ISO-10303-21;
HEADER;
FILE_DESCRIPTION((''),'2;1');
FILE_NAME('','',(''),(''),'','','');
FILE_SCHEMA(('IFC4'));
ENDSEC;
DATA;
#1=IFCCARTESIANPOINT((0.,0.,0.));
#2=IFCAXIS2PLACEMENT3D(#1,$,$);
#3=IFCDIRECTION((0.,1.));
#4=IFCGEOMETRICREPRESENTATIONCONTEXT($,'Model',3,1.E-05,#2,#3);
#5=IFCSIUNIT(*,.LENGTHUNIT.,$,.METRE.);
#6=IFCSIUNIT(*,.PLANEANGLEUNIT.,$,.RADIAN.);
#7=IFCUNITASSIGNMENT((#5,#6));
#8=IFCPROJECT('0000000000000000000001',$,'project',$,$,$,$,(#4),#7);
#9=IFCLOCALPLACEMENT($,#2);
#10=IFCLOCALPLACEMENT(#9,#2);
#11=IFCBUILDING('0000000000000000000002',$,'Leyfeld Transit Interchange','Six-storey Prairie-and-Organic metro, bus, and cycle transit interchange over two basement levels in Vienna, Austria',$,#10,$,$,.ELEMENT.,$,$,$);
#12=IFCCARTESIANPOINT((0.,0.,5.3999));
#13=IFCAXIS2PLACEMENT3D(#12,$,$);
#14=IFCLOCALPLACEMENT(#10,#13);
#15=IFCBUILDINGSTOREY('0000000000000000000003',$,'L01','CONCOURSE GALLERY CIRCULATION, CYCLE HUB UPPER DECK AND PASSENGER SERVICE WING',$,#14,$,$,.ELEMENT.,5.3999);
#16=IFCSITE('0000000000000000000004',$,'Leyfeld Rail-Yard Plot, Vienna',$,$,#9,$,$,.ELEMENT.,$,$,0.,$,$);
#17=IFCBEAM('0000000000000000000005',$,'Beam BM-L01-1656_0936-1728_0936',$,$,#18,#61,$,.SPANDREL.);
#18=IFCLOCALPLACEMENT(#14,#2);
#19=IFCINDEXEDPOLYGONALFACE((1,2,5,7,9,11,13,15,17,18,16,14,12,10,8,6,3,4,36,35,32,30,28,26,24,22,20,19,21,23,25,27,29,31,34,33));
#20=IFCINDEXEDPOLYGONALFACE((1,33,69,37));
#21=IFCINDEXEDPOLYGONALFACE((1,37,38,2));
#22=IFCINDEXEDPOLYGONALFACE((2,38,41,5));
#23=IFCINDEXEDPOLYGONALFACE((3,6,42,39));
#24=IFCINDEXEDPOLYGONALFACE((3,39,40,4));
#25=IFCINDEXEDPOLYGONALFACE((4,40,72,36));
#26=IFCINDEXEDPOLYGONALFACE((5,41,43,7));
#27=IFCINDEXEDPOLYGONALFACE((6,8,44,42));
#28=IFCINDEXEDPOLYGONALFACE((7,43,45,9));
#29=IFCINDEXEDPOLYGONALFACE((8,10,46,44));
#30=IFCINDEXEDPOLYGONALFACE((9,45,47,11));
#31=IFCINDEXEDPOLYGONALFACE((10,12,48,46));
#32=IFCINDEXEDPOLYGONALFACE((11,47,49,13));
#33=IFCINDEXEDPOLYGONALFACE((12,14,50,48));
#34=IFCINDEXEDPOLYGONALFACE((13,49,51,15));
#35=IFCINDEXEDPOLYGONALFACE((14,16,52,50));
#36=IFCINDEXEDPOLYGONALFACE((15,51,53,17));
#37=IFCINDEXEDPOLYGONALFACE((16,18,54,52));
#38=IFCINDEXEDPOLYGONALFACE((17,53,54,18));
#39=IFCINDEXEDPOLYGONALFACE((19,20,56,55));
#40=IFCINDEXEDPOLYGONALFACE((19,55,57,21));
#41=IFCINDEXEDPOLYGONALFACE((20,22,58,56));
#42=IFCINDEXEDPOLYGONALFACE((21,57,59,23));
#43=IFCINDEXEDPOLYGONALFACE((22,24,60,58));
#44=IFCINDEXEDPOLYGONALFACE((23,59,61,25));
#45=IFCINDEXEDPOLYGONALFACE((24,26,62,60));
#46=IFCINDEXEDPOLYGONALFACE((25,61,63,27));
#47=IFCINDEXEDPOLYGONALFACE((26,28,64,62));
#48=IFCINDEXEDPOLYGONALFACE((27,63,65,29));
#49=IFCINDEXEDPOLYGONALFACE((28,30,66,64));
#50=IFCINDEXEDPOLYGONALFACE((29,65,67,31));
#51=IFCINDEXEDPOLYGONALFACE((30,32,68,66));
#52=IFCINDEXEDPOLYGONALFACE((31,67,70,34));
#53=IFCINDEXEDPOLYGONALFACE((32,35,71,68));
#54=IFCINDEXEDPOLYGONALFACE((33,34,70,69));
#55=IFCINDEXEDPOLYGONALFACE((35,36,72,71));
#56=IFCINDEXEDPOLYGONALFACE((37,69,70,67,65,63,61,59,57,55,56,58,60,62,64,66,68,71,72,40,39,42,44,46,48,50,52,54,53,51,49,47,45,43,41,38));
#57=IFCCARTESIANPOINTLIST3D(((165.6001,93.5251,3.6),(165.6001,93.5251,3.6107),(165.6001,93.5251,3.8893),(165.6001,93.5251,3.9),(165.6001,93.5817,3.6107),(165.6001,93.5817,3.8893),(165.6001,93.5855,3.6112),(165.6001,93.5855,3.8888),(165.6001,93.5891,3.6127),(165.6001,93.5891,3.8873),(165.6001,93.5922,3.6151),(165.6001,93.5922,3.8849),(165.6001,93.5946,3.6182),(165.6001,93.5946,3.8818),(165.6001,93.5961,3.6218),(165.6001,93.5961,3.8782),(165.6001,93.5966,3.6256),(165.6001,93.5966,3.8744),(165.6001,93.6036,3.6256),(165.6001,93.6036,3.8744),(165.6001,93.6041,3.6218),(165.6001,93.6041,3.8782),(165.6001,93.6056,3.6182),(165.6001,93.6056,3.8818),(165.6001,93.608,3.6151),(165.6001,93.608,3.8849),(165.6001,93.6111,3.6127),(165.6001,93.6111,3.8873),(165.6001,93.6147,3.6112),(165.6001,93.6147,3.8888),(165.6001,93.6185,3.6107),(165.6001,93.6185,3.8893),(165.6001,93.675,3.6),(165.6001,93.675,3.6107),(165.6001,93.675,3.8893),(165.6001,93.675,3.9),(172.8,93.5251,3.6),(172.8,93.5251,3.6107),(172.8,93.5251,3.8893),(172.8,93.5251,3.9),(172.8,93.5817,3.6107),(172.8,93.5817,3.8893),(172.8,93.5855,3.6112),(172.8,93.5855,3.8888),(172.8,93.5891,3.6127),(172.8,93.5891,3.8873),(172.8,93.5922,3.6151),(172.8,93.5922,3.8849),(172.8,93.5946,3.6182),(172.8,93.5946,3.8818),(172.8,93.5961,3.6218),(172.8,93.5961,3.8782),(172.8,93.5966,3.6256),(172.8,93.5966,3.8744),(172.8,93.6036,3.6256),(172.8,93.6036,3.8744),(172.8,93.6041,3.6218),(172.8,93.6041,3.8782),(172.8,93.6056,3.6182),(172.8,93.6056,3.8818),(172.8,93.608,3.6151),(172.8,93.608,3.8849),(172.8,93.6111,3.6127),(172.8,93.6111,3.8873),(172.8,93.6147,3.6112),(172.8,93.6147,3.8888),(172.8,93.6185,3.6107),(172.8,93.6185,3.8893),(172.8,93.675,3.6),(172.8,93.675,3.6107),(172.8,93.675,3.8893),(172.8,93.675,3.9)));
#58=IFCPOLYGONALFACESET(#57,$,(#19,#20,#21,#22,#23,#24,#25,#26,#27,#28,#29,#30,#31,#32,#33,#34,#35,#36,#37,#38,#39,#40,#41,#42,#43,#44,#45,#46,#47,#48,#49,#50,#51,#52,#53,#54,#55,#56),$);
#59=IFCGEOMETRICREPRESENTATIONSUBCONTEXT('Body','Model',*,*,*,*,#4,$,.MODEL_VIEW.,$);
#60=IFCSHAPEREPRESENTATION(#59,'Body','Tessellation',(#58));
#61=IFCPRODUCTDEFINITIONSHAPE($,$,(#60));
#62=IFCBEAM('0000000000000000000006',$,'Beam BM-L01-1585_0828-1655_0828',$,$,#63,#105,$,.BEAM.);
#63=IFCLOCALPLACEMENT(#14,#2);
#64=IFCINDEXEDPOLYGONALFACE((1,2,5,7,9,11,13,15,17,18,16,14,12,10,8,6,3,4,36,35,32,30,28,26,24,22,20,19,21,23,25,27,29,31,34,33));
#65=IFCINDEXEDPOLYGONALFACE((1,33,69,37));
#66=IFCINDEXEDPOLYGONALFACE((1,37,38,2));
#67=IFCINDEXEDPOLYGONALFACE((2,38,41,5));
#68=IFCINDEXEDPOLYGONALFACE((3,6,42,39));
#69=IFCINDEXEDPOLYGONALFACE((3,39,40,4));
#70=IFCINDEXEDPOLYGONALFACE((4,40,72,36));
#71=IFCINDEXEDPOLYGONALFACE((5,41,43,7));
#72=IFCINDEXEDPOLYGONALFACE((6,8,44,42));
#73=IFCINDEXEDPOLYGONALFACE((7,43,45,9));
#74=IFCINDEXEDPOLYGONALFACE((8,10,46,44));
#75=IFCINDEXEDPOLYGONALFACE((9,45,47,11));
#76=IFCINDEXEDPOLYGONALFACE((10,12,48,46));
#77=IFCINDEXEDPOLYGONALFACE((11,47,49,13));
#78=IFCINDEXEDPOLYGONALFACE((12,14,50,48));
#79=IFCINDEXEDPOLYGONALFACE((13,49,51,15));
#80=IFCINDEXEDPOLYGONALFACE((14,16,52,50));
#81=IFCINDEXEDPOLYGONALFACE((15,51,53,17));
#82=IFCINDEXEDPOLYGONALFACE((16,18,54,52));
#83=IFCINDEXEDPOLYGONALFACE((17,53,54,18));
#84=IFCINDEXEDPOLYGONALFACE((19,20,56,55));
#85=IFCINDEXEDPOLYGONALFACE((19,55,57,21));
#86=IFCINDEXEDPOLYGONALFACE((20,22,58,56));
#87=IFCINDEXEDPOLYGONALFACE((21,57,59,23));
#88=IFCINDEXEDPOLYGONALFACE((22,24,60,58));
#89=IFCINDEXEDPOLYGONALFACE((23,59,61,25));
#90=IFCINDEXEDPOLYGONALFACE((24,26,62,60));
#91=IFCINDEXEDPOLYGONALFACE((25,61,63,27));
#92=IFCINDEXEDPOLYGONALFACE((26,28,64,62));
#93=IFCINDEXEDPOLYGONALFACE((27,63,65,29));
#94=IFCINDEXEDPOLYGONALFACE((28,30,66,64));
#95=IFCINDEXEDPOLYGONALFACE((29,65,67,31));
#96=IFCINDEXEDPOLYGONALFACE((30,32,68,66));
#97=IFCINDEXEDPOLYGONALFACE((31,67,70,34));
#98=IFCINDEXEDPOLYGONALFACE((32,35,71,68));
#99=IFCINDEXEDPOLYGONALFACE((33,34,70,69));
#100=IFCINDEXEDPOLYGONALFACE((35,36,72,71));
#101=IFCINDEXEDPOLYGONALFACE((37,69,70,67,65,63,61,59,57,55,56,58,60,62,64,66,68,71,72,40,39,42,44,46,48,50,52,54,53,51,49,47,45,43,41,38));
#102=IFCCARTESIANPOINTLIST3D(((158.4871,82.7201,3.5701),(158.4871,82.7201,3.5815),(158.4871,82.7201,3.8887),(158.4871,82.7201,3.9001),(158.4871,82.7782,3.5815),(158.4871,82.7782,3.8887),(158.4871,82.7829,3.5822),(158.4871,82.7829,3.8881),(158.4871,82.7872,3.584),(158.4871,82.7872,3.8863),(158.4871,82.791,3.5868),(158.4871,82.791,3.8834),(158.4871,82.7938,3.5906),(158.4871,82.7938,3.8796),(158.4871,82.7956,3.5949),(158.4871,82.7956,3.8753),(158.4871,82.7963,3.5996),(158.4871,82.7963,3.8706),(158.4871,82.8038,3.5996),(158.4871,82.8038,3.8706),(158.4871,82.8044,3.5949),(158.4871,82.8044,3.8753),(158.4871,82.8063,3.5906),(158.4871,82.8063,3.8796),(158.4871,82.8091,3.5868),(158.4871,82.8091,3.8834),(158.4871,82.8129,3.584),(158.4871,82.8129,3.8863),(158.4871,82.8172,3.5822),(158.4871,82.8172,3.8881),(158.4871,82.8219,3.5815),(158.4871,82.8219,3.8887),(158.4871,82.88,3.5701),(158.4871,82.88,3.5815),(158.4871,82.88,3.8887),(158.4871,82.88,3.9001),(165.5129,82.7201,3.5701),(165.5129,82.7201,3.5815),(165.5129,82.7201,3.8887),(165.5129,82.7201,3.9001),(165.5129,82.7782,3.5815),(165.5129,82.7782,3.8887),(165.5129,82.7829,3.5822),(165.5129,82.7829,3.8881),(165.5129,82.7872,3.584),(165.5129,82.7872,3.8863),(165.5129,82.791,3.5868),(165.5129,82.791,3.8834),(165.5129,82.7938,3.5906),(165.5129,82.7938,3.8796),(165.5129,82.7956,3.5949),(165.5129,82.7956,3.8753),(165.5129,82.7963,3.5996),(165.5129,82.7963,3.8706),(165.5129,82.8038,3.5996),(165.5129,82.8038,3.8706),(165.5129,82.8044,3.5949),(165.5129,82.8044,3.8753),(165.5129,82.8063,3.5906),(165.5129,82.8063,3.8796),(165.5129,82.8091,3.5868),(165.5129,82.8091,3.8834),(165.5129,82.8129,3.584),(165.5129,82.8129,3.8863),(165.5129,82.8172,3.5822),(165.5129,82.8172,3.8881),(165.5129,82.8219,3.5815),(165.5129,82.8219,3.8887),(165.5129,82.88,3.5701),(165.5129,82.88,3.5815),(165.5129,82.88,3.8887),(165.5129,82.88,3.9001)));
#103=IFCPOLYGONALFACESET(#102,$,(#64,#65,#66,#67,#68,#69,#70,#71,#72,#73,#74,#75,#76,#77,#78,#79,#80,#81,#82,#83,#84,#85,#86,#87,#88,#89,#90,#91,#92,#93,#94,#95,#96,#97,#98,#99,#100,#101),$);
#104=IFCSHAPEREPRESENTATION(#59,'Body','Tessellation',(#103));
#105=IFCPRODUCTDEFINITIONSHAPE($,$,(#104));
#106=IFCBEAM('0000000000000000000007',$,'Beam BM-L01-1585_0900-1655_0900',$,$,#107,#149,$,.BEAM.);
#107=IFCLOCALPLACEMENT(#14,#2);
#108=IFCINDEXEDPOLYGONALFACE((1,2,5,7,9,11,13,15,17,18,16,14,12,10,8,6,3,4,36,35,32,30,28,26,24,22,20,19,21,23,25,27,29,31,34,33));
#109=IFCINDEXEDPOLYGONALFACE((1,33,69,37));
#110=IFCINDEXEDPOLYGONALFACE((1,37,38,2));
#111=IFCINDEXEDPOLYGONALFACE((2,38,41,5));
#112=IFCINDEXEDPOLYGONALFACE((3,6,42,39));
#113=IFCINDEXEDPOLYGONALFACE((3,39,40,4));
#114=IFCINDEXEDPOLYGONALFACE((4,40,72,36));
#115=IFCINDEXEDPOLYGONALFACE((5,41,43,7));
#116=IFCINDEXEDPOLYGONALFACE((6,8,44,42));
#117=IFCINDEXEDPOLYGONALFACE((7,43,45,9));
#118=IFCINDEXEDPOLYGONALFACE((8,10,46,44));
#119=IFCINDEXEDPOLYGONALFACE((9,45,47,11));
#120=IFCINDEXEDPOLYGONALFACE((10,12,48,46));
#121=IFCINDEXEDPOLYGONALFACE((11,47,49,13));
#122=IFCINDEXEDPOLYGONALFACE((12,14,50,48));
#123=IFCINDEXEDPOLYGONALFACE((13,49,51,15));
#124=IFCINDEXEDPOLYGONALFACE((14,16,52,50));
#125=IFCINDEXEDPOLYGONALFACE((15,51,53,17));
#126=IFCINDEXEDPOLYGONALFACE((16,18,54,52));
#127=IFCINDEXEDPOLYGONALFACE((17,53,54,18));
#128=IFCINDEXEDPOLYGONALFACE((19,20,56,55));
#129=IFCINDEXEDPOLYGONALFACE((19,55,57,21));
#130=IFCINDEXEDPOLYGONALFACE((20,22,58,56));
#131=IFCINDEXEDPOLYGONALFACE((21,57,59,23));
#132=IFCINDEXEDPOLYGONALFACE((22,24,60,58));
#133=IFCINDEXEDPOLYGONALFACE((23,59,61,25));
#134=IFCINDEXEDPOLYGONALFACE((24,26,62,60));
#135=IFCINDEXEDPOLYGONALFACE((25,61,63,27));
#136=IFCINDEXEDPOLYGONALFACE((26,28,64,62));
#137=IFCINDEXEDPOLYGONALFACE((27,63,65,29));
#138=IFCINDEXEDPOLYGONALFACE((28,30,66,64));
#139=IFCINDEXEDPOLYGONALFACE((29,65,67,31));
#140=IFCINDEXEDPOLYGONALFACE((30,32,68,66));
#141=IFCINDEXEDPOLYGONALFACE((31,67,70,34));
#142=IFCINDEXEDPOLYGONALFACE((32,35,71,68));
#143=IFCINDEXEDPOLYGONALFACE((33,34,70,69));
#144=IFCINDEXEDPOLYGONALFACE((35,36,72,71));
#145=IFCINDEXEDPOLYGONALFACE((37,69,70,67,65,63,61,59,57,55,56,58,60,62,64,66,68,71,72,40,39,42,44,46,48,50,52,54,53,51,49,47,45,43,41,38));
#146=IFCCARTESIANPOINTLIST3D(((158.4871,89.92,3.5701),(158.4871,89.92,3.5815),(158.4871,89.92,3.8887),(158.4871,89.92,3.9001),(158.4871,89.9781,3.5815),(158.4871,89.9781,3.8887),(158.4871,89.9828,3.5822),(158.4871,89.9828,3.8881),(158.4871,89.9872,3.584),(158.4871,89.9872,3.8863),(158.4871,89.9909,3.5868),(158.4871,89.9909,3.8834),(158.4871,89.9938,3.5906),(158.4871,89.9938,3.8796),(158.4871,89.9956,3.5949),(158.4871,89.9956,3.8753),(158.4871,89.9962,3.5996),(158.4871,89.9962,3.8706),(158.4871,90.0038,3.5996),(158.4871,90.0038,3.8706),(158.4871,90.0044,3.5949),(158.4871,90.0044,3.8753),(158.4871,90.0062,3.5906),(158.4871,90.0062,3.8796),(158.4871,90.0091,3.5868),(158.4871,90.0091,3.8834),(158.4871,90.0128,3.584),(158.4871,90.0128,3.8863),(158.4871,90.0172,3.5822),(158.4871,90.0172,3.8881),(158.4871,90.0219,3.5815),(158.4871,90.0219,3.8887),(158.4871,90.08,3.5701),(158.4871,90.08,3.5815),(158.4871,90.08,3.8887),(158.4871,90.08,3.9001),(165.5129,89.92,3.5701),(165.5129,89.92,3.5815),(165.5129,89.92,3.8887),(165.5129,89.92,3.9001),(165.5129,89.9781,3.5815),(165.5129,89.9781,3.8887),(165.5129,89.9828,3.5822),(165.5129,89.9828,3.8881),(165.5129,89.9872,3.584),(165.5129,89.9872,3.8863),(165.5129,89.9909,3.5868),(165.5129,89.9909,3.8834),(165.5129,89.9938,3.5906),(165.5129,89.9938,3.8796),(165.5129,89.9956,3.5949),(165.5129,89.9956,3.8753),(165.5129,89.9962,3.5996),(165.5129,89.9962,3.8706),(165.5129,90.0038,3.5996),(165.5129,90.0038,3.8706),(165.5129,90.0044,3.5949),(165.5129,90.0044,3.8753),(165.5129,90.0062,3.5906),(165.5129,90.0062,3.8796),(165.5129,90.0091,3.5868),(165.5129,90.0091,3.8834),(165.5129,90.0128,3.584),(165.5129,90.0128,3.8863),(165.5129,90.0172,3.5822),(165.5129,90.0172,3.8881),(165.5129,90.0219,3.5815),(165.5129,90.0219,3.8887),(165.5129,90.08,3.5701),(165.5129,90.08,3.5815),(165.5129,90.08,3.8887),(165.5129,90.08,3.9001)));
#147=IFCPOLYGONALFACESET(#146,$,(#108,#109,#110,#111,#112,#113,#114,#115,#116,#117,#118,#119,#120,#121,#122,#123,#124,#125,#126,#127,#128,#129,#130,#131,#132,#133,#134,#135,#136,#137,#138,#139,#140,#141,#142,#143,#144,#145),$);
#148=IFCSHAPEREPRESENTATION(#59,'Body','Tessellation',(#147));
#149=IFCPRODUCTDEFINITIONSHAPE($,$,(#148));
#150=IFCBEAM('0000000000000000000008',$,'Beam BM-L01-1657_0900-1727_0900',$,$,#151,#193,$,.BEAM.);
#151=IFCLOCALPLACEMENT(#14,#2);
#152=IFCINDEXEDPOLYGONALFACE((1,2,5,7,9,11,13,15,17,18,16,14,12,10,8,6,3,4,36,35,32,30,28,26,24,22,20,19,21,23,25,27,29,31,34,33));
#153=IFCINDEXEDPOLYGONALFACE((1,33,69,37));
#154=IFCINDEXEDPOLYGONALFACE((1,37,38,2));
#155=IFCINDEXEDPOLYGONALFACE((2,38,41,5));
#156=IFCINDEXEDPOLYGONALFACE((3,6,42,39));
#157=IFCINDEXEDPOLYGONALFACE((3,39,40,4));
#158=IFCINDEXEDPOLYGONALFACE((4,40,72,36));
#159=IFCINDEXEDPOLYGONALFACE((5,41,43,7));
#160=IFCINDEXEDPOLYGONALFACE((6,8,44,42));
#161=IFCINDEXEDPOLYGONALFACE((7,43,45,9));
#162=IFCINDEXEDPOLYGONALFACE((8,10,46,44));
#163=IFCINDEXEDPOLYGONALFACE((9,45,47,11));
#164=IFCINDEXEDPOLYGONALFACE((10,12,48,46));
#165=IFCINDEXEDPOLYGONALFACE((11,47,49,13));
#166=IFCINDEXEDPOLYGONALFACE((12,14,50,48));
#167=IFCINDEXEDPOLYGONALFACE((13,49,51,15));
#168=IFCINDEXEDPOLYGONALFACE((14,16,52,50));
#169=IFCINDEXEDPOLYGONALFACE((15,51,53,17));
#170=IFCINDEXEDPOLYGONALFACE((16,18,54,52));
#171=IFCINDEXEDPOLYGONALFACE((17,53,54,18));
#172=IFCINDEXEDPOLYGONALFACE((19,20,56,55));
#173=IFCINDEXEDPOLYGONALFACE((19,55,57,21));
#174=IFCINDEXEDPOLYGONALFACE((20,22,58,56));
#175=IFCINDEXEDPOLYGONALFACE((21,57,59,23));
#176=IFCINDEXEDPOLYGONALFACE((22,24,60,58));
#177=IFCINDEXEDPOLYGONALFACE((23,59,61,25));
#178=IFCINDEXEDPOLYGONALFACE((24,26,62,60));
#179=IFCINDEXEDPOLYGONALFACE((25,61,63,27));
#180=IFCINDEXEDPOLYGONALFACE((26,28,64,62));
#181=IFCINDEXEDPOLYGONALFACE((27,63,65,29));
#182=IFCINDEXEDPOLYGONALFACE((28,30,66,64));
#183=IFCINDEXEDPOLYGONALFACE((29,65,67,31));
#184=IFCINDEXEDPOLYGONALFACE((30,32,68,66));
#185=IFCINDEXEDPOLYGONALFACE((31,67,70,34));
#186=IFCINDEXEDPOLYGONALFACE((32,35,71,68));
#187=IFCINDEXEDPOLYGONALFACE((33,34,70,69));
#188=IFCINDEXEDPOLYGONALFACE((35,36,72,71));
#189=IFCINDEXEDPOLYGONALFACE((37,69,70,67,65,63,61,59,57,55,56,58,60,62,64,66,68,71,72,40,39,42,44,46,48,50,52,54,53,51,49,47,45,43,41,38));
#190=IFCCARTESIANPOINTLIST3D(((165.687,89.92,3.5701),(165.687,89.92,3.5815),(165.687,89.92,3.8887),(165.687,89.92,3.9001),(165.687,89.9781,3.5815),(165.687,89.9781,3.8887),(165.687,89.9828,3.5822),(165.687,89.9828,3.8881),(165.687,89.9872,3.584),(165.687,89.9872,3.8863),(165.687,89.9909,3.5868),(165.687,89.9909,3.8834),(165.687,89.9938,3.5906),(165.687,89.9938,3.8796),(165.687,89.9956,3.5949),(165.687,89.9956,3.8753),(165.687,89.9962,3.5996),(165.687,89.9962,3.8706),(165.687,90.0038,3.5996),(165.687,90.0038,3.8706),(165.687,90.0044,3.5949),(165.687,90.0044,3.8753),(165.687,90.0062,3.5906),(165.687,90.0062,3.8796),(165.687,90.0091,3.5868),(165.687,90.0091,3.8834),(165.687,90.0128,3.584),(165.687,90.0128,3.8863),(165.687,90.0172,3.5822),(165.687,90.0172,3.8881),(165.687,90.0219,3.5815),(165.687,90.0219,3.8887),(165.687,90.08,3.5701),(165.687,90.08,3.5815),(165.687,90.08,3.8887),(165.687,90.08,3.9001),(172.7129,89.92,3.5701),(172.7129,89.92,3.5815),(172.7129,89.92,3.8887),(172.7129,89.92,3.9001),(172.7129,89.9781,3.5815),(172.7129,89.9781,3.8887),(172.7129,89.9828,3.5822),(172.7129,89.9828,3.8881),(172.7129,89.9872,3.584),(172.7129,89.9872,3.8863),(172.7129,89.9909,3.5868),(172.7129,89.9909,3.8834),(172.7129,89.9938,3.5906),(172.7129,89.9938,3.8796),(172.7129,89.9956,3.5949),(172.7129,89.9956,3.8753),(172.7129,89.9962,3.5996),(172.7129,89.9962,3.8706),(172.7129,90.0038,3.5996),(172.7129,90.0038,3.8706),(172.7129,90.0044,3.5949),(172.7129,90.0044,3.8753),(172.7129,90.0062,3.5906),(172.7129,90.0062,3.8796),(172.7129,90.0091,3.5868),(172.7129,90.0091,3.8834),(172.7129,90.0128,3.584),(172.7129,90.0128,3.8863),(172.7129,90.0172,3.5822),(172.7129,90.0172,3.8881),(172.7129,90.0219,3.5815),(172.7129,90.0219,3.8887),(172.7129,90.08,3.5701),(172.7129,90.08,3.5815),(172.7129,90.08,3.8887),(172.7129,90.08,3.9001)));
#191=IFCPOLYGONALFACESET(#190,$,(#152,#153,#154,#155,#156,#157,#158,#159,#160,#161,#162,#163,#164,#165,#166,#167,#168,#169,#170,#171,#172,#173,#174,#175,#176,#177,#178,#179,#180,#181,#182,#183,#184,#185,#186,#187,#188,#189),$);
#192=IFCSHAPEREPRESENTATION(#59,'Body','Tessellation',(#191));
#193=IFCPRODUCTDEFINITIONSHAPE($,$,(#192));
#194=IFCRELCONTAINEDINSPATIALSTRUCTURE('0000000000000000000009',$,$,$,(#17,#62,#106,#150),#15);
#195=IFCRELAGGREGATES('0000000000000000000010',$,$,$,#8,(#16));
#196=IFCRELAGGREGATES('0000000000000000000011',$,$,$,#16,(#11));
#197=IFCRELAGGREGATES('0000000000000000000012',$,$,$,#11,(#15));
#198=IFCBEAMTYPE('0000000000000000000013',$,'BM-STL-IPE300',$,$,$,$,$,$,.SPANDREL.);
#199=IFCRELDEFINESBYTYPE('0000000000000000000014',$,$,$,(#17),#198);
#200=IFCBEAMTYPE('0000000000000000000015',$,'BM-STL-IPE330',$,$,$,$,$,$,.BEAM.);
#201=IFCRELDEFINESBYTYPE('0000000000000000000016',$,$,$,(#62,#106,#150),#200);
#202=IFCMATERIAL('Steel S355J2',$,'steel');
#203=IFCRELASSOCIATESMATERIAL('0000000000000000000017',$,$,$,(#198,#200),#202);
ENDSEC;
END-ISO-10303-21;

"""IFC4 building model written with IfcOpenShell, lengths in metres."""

from ifc_helpers import new_model, si_unit, direction, frame, origin, origin_2d, place, context, subcontext, project, spatial, i_section, extrude, material, material_profile, profile_set, type_object, element, save


model = new_model("IFC4")

# Units and contexts
model_context = context("Model", 3, precision=1e-05, world=origin(), true_north=direction((0.0, 1.0)))
body_context = subcontext(model_context, "Body", "Model", "MODEL_VIEW")
ifc_project = project(units=[si_unit("LENGTHUNIT", "METRE"), si_unit("PLANEANGLEUNIT", "RADIAN")], contexts=[model_context])

# Site, building, storey
site_placement = place(None, origin())
site = spatial("IfcSite", under=ifc_project, at=site_placement, Name="Leyfeld Rail-Yard Plot, Vienna", CompositionType="ELEMENT", RefElevation=0.0)
building_placement = place(site_placement, origin())
building = spatial("IfcBuilding", under=site, at=building_placement, Name="Leyfeld Transit Interchange", Description="Six-storey Prairie-and-Organic metro, bus, and cycle transit interchange over two basement levels in Vienna, Austria", CompositionType="ELEMENT")
storey_placement = place(building_placement, frame((0.0, 0.0, 5.3999)))
storey = spatial("IfcBuildingStorey", under=building, at=storey_placement, Name="L01", Description="CONCOURSE GALLERY CIRCULATION, CYCLE HUB UPPER DECK AND PASSENGER SERVICE WING", CompositionType="ELEMENT", Elevation=5.3999)

# Beams
ifc_material_1 = material(Name="Steel S355J2", Category="steel")
ifc_material_profile_1 = material_profile(ifc_material_1, i_section(OverallWidth=0.1499, OverallDepth=0.3, WebThickness=0.0071, FlangeThickness=0.0107, FilletRadius=0.0149, at=origin_2d()), Name="IPE 300")
ifc_profile_set_1 = profile_set([ifc_material_profile_1], Name="Steel S355J2")
beam_type_1 = type_object("IfcBeamType", Name="BM-STL-IPE300", PredefinedType="SPANDREL", material=ifc_profile_set_1)
beam_1_placement = place(storey_placement, frame((165.6001, 93.6001, 3.75), z_axis=(1.0, 0.0, 0.0), x_axis=(0.0, 1.0, 0.0)))
element("IfcBeam", 1, at=beam_1_placement, inside=storey, type_object=beam_type_1, Name="Beam BM-L01-1656_0936-1728_0936", PredefinedType="SPANDREL", context=body_context, shape_type="SweptSolid", body=[
    extrude(i_section(OverallWidth=0.1499, OverallDepth=0.3, WebThickness=0.0071, FlangeThickness=0.0107, FilletRadius=0.0149, at=origin_2d()), origin(), (0.0, 0.0, 1.0), 7.2),
])
ifc_material_profile_2 = material_profile(ifc_material_1, i_section(OverallWidth=0.1599, OverallDepth=0.3301, WebThickness=0.0076, FlangeThickness=0.0115, FilletRadius=0.0181, at=origin_2d()), Name="IPE 330")
ifc_profile_set_2 = profile_set([ifc_material_profile_2], Name="Steel S355J2")
beam_type_2 = type_object("IfcBeamType", Name="BM-STL-IPE330", PredefinedType="BEAM", material=ifc_profile_set_2)
for number, where, z_axis, x_axis, name in (
    (2, (158.4871, 82.8, 3.7351), (1.0, 0.0, 0.0), (0.0, 1.0, 0.0), "Beam BM-L01-1585_0828-1655_0828"),
    (3, (158.4871, 90.0, 3.7351), (1.0, 0.0, 0.0), (0.0, 1.0, 0.0), "Beam BM-L01-1585_0900-1655_0900"),
    (4, (165.687, 90.0, 3.7351), (1.0, 0.0, 0.0), (0.0, 1.0, 0.0), "Beam BM-L01-1657_0900-1727_0900"),
):
    element("IfcBeam", number, at=place(storey_placement, frame(where, z_axis=z_axis, x_axis=x_axis)), inside=storey, type_object=beam_type_2, Name=name, PredefinedType="BEAM", context=body_context, shape_type="SweptSolid", body=[
        extrude(i_section(OverallWidth=0.1599, OverallDepth=0.3301, WebThickness=0.0076, FlangeThickness=0.0115, FilletRadius=0.0181, at=origin_2d()), origin(), (0.0, 0.0, 1.0), 7.0259),
    ])

save(model, "model.ifc")
